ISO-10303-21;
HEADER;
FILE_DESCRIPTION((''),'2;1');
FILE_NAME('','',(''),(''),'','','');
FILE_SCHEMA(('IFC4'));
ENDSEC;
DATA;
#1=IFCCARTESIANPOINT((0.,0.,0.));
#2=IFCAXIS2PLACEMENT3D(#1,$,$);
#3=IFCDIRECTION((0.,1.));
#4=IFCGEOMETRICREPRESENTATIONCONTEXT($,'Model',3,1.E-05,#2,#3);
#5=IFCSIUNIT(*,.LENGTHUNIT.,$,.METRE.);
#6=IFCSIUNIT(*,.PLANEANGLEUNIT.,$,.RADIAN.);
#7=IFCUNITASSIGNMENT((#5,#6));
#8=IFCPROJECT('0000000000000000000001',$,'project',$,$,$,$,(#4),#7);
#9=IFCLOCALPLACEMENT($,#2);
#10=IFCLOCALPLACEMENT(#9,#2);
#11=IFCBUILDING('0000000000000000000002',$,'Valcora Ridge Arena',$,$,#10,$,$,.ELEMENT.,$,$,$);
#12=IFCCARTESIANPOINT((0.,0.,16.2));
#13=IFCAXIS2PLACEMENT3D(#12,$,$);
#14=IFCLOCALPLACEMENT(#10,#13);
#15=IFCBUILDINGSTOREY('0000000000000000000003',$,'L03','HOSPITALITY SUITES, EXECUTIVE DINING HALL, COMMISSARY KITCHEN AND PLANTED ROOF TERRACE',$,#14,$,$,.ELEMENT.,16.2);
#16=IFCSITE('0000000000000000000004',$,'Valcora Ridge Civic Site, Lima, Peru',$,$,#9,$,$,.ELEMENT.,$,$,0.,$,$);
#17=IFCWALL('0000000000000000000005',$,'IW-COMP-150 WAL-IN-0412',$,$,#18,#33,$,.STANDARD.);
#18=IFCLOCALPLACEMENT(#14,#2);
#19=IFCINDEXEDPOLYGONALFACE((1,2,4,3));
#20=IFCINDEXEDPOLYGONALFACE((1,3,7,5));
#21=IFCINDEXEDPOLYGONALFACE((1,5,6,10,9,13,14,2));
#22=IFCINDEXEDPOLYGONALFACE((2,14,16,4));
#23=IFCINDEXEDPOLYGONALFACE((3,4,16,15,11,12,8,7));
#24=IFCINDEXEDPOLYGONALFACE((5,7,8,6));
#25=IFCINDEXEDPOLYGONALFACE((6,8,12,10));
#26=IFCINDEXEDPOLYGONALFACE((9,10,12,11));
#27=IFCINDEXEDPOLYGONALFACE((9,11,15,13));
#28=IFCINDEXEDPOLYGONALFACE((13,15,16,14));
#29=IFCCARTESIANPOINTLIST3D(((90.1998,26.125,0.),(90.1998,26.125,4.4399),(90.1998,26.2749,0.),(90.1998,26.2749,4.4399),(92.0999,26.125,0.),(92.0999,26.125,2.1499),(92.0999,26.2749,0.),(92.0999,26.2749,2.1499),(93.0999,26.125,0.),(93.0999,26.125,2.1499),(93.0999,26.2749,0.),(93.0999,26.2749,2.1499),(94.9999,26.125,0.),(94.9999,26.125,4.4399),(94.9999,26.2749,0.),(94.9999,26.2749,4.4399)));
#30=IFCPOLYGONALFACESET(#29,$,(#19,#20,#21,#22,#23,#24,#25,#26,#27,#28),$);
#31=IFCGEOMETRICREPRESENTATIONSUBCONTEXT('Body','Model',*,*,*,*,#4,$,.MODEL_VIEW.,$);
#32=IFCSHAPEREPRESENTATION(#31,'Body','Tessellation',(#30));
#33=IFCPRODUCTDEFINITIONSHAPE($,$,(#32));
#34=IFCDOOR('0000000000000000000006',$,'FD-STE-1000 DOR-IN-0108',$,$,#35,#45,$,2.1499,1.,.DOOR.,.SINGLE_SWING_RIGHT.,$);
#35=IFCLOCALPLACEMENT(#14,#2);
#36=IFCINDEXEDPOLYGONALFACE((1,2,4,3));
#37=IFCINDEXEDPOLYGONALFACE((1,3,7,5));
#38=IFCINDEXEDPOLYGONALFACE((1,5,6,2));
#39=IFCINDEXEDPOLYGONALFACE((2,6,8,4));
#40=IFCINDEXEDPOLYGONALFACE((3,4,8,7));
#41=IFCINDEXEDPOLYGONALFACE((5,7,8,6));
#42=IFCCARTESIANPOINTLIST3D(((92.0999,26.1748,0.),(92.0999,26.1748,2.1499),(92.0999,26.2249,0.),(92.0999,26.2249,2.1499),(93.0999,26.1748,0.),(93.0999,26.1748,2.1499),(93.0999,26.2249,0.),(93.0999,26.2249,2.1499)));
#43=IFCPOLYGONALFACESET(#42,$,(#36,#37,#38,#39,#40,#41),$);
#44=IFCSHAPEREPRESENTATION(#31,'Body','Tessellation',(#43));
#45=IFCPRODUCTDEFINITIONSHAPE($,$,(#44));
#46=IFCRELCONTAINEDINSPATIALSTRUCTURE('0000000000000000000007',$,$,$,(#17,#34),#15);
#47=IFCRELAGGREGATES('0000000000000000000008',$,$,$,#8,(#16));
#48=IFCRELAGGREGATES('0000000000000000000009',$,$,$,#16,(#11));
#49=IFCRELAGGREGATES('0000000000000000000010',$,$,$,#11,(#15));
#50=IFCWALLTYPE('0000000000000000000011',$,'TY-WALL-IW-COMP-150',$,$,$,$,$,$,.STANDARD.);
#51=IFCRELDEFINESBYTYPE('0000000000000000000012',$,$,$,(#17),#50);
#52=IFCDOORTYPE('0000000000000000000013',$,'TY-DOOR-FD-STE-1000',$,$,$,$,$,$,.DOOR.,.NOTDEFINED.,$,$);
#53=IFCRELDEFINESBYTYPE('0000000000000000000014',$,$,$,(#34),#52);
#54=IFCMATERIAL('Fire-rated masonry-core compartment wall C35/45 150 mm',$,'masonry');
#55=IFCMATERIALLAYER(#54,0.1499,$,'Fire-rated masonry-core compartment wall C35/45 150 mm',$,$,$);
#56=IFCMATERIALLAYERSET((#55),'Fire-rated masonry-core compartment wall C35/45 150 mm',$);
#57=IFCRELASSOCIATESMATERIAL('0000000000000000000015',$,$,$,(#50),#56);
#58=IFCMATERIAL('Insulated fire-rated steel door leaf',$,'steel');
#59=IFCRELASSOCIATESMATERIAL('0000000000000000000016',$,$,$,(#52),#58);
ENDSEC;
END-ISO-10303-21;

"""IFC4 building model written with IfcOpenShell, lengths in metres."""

from ifc_helpers import new_model, si_unit, direction, frame, frame_2d, origin, place, context, subcontext, project, spatial, rectangle, extrude, material, layer, layer_set, type_object, element, fill, save


model = new_model("IFC4")

# Units and contexts
model_context = context("Model", 3, precision=1e-05, world=origin(), true_north=direction((0.0, 1.0)))
body_context = subcontext(model_context, "Body", "Model", "MODEL_VIEW")
ifc_project = project(units=[si_unit("LENGTHUNIT", "METRE"), si_unit("PLANEANGLEUNIT", "RADIAN")], contexts=[model_context])

# Site, building, storey
site_placement = place(None, origin())
site = spatial("IfcSite", under=ifc_project, at=site_placement, Name="Valcora Ridge Civic Site, Lima, Peru", CompositionType="ELEMENT", RefElevation=0.0)
building_placement = place(site_placement, origin())
building = spatial("IfcBuilding", under=site, at=building_placement, Name="Valcora Ridge Arena", CompositionType="ELEMENT")
storey_placement = place(building_placement, frame((0.0, 0.0, 16.2)))
storey = spatial("IfcBuildingStorey", under=building, at=storey_placement, Name="L03", Description="HOSPITALITY SUITES, EXECUTIVE DINING HALL, COMMISSARY KITCHEN AND PLANTED ROOF TERRACE", CompositionType="ELEMENT", Elevation=16.2)

# Wall, opening, door
ifc_material_1 = material(Name="Fire-rated masonry-core compartment wall C35/45 150 mm", Category="masonry")
ifc_layer_1 = layer(ifc_material_1, 0.1499, Name="Fire-rated masonry-core compartment wall C35/45 150 mm")
ifc_layer_set_1 = layer_set([ifc_layer_1], Name="Fire-rated masonry-core compartment wall C35/45 150 mm")
wall_type = type_object("IfcWallType", Name="TY-WALL-IW-COMP-150", PredefinedType="STANDARD", material=ifc_layer_set_1)
wall_placement = place(storey_placement, frame((90.2, 26.2, 0.0), z_axis=(0.0, 0.0, 1.0), x_axis=(1.0, 0.0, 0.0)))
wall = element("IfcWall", 1, at=wall_placement, inside=storey, type_object=wall_type, Name="IW-COMP-150 WAL-IN-0412", PredefinedType="STANDARD", context=body_context, shape_type="SweptSolid", body=[
    extrude(rectangle(XDim=4.8, YDim=0.1499, at=frame_2d((2.3999, 0.0))), origin(), (0.0, 0.0, 1.0), 4.4399),
])
opening_placement = place(wall_placement, frame((1.8999, 0.0, 0.0)))
opening = element("IfcOpeningElement", 2, at=opening_placement, cuts=wall, PredefinedType="OPENING", context=body_context, shape_type="SweptSolid", body=[
    extrude(rectangle(XDim=1.0, YDim=2.1499, at=frame_2d((0.5, 1.075))), frame((0.0, 0.085, 0.0), z_axis=(0.0, -1.0, 0.0), x_axis=(1.0, 0.0, 0.0)), (0.0, 0.0, 1.0), 0.1699),
])
ifc_material_2 = material(Name="Insulated fire-rated steel door leaf", Category="steel")
door_type = type_object("IfcDoorType", Name="TY-DOOR-FD-STE-1000", OperationType="NOTDEFINED", PredefinedType="DOOR", material=ifc_material_2)
door_placement = place(opening_placement, origin())
door = element("IfcDoor", 3, at=door_placement, inside=storey, type_object=door_type, Name="FD-STE-1000 DOR-IN-0108", OperationType="SINGLE_SWING_RIGHT", OverallHeight=2.1499, OverallWidth=1.0, PredefinedType="DOOR", context=body_context, shape_type="SweptSolid", body=[
    extrude(rectangle(XDim=1.0, YDim=2.1499, at=frame_2d((0.5, 1.075))), frame((0.0, 0.0249, 0.0), z_axis=(0.0, -1.0, 0.0), x_axis=(1.0, 0.0, 0.0)), (0.0, 0.0, 1.0), 0.05),
])
fill(opening, door)

save(model, "model.ifc")
